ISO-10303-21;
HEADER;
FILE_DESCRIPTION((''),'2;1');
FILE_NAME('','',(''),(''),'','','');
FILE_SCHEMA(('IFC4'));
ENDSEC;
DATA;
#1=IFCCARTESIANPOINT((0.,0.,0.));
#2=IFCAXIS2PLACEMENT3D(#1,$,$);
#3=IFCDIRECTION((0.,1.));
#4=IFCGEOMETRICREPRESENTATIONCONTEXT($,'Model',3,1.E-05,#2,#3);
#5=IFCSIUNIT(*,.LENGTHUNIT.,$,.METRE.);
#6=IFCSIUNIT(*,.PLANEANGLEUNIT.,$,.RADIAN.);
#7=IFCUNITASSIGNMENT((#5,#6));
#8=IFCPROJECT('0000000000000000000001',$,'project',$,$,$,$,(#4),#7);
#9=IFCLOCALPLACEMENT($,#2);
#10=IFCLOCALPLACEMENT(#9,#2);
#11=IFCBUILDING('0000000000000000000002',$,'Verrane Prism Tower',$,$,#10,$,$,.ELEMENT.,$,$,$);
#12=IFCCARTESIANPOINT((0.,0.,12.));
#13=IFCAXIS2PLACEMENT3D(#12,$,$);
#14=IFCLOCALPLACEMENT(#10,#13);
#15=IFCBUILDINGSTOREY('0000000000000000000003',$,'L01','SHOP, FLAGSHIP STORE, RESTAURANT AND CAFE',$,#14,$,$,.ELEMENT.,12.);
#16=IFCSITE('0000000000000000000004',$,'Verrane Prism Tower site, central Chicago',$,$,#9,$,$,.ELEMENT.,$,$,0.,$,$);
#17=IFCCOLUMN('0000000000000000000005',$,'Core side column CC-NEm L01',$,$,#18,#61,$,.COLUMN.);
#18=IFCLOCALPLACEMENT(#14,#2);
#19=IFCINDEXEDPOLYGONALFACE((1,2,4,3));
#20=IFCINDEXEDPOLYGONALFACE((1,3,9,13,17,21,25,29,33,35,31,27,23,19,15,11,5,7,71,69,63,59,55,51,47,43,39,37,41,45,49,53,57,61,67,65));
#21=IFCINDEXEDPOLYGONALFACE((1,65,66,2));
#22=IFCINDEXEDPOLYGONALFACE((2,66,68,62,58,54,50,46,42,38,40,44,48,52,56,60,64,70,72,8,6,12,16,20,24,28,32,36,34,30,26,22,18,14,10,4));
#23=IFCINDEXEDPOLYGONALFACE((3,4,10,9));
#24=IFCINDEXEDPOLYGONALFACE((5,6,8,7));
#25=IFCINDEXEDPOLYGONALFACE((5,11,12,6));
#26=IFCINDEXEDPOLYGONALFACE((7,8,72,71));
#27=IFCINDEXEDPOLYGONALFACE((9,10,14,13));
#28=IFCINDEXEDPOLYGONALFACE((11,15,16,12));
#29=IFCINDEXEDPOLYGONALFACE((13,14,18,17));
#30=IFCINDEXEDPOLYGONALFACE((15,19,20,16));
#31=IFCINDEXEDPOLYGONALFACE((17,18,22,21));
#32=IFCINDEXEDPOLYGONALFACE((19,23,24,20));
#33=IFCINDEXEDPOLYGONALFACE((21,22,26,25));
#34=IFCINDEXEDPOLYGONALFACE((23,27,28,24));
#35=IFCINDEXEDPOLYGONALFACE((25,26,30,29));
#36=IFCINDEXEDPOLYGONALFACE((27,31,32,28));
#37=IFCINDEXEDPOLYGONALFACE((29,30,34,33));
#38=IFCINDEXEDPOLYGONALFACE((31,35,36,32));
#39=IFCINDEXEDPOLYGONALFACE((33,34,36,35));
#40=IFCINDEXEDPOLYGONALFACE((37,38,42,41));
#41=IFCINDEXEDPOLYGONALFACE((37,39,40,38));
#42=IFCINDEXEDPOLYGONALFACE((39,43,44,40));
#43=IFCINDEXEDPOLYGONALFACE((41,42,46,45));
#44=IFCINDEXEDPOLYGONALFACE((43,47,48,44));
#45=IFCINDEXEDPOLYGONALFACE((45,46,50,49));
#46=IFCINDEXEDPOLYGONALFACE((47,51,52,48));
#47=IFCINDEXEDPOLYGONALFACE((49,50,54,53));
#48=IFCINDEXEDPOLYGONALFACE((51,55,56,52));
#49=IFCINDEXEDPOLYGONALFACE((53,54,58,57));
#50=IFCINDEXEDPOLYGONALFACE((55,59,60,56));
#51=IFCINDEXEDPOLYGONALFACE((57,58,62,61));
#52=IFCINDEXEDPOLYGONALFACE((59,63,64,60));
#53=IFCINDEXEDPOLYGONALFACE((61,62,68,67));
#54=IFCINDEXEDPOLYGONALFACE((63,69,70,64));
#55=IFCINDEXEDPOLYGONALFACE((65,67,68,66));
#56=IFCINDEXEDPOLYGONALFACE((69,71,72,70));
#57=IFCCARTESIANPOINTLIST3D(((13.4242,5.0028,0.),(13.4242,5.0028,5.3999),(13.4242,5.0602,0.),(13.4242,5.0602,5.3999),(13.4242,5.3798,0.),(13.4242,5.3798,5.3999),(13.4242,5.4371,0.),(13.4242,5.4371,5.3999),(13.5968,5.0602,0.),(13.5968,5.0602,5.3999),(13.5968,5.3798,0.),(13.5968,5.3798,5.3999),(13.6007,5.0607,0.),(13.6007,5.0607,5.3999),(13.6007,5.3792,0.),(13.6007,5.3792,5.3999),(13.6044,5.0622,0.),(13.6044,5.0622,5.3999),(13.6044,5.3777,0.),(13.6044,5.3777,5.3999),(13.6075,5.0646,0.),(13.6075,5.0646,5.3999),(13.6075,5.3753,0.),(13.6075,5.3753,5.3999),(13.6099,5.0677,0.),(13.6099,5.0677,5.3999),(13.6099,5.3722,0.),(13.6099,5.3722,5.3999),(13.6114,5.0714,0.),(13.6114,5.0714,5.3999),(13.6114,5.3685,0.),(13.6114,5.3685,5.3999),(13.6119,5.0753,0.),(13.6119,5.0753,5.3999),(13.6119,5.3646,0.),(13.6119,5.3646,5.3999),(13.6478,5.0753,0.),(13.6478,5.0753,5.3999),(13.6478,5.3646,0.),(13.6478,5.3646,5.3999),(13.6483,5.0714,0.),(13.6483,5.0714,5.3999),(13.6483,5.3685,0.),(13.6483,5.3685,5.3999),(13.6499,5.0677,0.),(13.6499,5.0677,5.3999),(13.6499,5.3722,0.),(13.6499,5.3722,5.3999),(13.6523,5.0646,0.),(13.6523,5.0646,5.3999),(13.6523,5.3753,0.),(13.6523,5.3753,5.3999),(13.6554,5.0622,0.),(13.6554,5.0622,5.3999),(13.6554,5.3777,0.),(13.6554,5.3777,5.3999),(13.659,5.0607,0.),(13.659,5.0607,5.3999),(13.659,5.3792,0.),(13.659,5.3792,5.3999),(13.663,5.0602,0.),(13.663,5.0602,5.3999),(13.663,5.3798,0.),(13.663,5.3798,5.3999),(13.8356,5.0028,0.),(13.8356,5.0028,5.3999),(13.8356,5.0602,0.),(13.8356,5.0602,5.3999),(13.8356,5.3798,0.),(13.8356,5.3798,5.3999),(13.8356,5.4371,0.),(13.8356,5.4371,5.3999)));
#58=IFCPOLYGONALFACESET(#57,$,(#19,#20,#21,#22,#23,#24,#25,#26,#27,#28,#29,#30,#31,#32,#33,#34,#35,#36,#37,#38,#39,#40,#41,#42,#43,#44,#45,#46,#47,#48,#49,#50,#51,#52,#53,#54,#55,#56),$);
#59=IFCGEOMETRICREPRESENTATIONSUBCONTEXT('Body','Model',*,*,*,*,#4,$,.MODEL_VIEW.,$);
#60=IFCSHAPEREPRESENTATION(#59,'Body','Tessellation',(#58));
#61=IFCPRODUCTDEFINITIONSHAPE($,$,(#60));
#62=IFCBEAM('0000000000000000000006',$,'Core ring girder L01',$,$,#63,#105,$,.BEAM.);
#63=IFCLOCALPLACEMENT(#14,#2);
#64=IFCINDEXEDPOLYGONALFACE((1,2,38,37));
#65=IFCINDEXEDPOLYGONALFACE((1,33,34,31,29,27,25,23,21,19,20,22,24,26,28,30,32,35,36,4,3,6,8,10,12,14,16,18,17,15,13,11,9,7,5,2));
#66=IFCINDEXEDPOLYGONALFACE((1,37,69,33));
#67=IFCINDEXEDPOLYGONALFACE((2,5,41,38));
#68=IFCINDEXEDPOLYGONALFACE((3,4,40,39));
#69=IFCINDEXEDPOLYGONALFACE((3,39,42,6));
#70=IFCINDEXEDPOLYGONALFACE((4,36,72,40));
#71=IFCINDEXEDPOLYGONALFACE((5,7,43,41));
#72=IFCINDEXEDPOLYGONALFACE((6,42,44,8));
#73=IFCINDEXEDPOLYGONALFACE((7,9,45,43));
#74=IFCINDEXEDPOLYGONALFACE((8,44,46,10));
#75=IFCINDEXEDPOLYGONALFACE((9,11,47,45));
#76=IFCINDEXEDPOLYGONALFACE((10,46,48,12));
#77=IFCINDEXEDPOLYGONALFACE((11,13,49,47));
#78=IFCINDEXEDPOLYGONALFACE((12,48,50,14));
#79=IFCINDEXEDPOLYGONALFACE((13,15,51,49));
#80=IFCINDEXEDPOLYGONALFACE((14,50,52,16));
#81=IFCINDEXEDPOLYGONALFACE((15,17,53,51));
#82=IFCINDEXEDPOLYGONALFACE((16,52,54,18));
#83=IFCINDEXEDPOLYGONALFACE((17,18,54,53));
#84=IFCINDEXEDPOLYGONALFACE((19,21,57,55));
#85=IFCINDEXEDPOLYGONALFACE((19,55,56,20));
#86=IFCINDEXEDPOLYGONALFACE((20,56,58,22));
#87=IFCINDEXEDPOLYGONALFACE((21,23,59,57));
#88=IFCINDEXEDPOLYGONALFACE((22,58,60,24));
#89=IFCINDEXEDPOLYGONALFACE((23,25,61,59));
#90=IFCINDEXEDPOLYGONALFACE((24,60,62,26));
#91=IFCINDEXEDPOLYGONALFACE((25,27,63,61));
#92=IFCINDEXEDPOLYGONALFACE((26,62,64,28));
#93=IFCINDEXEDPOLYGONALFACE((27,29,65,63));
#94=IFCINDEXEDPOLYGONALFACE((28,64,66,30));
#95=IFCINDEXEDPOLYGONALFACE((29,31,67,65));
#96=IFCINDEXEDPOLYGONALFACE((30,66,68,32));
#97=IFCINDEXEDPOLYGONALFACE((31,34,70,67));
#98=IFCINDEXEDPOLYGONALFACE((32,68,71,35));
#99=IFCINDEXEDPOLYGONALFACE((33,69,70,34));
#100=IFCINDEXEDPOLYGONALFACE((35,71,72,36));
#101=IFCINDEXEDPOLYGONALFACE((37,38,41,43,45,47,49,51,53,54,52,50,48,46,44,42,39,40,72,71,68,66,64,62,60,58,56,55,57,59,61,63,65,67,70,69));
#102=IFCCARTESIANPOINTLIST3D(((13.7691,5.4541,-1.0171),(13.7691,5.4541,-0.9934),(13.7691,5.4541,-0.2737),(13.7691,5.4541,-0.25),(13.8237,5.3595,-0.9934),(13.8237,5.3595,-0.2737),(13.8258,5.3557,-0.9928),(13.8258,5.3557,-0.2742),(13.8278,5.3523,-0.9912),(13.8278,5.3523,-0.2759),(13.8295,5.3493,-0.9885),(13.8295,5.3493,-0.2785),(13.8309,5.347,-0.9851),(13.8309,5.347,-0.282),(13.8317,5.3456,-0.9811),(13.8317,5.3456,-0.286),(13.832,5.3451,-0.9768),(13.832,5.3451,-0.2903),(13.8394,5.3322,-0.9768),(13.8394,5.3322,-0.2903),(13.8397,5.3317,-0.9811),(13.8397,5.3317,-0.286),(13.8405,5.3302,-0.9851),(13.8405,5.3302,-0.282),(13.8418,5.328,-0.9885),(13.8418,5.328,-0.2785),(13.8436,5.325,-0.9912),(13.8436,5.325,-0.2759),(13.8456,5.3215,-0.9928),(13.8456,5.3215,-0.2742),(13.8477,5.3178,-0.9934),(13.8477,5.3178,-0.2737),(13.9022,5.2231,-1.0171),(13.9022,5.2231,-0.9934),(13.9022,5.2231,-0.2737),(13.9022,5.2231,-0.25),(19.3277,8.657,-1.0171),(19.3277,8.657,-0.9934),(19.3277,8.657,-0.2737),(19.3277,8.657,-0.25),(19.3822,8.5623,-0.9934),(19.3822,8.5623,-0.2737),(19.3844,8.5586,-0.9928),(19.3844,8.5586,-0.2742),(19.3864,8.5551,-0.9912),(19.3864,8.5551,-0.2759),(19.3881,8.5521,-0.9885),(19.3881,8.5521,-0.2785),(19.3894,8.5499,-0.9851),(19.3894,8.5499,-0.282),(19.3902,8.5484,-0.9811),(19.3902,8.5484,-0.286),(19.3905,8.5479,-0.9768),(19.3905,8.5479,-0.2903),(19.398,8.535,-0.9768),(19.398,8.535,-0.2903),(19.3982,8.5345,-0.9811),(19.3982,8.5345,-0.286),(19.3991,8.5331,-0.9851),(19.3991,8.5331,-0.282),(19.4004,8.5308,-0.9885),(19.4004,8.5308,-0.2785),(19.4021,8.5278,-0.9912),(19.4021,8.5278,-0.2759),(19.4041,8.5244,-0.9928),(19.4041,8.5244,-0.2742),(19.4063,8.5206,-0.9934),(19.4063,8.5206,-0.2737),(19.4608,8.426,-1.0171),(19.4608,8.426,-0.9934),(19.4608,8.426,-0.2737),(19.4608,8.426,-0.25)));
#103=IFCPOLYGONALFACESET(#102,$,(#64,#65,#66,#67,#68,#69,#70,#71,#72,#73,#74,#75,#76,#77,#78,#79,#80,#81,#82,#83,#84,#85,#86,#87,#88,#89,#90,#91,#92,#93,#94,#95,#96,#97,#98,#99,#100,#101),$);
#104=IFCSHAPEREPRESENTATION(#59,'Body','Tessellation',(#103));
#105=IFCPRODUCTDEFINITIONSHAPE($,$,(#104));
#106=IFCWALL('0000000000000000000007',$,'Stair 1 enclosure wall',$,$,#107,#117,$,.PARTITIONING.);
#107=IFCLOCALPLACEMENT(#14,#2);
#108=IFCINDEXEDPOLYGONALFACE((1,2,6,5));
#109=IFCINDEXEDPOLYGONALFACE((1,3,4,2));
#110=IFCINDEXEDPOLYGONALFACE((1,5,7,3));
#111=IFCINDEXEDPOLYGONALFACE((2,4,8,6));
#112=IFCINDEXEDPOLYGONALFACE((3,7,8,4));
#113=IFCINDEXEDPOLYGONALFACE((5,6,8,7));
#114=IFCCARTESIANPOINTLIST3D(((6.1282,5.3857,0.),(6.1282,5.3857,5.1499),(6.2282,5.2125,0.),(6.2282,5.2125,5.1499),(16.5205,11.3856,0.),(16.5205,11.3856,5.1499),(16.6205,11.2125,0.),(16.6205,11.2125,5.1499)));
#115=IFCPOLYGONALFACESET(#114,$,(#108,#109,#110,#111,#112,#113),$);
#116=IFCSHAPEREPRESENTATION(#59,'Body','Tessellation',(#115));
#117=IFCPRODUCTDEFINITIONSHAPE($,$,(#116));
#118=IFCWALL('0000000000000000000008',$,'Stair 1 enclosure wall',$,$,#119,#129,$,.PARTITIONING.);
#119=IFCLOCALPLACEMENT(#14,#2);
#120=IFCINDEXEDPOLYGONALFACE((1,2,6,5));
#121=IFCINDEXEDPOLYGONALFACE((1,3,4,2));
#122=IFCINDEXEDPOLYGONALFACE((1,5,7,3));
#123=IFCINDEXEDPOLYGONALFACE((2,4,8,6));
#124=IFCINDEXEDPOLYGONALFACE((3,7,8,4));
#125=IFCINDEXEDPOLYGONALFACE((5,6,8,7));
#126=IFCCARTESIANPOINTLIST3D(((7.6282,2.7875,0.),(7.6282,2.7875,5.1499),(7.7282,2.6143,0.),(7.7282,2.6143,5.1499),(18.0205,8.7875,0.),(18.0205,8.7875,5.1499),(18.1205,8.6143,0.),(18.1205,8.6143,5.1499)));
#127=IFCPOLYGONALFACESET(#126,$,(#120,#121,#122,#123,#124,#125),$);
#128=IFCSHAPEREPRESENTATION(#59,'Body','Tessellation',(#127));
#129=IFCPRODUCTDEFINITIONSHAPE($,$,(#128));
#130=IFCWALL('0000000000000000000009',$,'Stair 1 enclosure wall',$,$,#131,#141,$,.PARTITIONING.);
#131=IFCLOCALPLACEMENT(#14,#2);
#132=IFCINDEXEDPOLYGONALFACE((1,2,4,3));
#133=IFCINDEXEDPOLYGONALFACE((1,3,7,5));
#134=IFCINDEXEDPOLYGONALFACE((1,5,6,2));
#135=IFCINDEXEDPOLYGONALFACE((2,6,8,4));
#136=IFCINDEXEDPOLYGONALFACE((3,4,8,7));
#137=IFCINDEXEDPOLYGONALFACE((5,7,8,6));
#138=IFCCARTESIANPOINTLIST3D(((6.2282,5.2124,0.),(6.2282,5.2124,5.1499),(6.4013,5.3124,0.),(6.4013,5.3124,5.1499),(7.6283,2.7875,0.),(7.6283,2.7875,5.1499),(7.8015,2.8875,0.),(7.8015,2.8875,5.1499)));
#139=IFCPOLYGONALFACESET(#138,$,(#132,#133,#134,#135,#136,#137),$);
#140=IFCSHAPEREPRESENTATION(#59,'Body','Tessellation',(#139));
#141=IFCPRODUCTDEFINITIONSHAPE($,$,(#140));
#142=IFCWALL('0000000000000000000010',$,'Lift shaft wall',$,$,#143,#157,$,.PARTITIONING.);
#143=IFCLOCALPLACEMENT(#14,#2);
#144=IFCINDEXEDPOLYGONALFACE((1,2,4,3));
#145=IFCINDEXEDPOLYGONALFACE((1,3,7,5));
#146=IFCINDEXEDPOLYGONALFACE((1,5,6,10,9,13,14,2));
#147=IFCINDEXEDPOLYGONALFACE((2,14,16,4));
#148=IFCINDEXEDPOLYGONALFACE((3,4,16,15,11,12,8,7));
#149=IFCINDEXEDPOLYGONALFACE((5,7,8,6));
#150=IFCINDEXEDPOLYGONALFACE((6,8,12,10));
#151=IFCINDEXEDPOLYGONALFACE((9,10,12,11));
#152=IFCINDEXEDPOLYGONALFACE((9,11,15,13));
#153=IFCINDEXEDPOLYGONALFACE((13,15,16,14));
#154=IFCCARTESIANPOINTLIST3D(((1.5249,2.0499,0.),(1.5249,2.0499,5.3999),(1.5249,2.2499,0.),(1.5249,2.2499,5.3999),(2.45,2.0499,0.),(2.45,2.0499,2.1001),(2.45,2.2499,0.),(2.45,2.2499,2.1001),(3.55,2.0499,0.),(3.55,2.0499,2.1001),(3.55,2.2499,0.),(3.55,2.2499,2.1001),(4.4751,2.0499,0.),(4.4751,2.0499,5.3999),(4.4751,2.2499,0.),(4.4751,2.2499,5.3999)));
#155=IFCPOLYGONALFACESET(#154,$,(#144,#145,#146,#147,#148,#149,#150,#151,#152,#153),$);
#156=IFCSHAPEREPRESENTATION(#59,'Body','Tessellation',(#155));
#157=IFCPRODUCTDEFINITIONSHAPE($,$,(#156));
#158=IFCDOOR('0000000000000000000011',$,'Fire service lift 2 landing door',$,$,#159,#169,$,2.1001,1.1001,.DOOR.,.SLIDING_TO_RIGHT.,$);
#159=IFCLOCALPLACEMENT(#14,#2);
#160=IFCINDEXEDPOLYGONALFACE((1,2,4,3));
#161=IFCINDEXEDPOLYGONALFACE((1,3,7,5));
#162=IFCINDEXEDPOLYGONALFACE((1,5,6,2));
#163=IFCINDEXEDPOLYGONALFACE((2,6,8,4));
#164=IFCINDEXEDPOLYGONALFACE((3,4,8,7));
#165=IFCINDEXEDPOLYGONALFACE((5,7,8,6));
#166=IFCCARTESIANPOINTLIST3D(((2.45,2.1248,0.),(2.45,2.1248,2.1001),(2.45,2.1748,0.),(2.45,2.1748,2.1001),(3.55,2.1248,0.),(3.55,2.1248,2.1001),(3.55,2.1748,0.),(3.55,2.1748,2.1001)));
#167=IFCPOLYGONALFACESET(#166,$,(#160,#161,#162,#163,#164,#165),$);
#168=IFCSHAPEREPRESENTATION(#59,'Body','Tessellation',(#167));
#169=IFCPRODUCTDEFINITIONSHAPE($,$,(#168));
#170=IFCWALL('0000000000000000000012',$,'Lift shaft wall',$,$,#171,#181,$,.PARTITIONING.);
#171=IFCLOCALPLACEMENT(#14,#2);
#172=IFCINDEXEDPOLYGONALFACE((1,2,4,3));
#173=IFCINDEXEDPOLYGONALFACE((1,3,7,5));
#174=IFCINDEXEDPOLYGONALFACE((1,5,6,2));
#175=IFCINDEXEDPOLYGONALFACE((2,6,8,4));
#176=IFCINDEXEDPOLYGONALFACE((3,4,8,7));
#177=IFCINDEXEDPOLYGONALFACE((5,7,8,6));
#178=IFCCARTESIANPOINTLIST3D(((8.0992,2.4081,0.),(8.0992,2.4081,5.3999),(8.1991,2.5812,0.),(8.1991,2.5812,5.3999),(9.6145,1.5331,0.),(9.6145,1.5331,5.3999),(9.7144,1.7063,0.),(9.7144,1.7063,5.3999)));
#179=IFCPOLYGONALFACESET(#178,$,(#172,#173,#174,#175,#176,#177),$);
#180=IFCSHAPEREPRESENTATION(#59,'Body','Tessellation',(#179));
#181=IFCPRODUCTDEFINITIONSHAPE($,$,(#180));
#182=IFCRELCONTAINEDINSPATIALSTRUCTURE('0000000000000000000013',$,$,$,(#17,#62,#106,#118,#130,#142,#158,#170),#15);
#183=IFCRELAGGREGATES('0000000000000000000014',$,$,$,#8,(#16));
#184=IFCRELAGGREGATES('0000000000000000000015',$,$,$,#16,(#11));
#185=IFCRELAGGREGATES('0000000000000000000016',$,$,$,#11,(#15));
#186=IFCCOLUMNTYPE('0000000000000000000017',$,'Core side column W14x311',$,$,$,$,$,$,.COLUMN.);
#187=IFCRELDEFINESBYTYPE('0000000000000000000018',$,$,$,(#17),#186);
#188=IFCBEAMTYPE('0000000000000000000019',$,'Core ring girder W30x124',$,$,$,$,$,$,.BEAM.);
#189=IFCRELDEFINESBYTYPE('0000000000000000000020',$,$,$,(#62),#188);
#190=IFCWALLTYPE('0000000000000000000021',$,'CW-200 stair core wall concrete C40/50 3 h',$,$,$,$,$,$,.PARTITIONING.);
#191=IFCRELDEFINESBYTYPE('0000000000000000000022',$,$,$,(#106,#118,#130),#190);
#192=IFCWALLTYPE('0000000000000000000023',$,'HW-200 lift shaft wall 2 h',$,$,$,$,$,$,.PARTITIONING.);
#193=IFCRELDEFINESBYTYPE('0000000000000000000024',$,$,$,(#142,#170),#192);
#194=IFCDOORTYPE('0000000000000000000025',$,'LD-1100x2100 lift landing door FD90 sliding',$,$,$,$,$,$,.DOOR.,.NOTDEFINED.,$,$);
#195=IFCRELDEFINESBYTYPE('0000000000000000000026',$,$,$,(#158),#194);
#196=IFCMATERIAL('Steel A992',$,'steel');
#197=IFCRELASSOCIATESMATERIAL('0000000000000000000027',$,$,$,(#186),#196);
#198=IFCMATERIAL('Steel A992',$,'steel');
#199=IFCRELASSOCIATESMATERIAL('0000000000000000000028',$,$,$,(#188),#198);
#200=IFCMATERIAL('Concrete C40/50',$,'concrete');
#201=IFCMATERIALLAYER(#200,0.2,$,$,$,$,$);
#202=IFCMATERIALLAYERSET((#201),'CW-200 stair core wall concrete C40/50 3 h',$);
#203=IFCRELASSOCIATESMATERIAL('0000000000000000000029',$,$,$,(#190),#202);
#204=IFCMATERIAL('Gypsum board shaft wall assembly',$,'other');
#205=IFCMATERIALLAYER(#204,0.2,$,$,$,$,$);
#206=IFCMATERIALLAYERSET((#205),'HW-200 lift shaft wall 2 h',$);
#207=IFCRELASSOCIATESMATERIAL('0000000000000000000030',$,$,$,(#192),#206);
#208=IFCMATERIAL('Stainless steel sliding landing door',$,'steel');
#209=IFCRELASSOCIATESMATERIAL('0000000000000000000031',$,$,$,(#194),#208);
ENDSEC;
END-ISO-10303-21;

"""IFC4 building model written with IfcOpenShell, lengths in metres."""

from ifc_helpers import new_model, si_unit, direction, frame, frame_2d, origin, origin_2d, place, context, subcontext, project, spatial, rectangle, i_section, extrude, material, layer, layer_set, material_profile, profile_set, type_object, element, fill, save


model = new_model("IFC4")

# Units and contexts
model_context = context("Model", 3, precision=1e-05, world=origin(), true_north=direction((0.0, 1.0)))
body_context = subcontext(model_context, "Body", "Model", "MODEL_VIEW")
ifc_project = project(units=[si_unit("LENGTHUNIT", "METRE"), si_unit("PLANEANGLEUNIT", "RADIAN")], contexts=[model_context])

# Site, building, storey
site_placement = place(None, origin())
site = spatial("IfcSite", under=ifc_project, at=site_placement, Name="Verrane Prism Tower site, central Chicago", CompositionType="ELEMENT", RefElevation=0.0)
building_placement = place(site_placement, origin())
building = spatial("IfcBuilding", under=site, at=building_placement, Name="Verrane Prism Tower", CompositionType="ELEMENT")
storey_placement = place(building_placement, frame((0.0, 0.0, 12.0)))
storey = spatial("IfcBuildingStorey", under=building, at=storey_placement, Name="L01", Description="SHOP, FLAGSHIP STORE, RESTAURANT AND CAFE", CompositionType="ELEMENT", Elevation=12.0)

# Column
ifc_material_1 = material(Name="Steel A992", Category="steel")
ifc_material_profile_1 = material_profile(ifc_material_1, i_section(OverallWidth=0.4114, OverallDepth=0.4343, WebThickness=0.0359, FlangeThickness=0.0574, FilletRadius=0.0151, at=origin_2d()), Name="W14x311")
ifc_profile_set_1 = profile_set([ifc_material_profile_1], Name="Steel A992")
column_type = type_object("IfcColumnType", Name="Core side column W14x311", PredefinedType="COLUMN", material=ifc_profile_set_1)
column_placement = place(storey_placement, frame((13.6299, 5.22, 0.0), z_axis=(0.0, 0.0, 1.0), x_axis=(1.0, 0.0, 0.0)))
element("IfcColumn", 1, at=column_placement, inside=storey, type_object=column_type, Name="Core side column CC-NEm L01", PredefinedType="COLUMN", context=body_context, shape_type="SweptSolid", body=[
    extrude(i_section(OverallWidth=0.4114, OverallDepth=0.4343, WebThickness=0.0359, FlangeThickness=0.0574, FilletRadius=0.0151, at=origin_2d()), origin(), (0.0, 0.0, 1.0), 5.3999),
])

# Beam
ifc_material_2 = material(Name="Steel A992", Category="steel")
ifc_material_profile_2 = material_profile(ifc_material_2, i_section(OverallWidth=0.2666, OverallDepth=0.7671, WebThickness=0.0149, FlangeThickness=0.0237, FilletRadius=0.0166, at=origin_2d()), Name="W30x124")
ifc_profile_set_2 = profile_set([ifc_material_profile_2], Name="Steel A992")
beam_type = type_object("IfcBeamType", Name="Core ring girder W30x124", PredefinedType="BEAM", material=ifc_profile_set_2)
beam_placement = place(storey_placement, frame((13.8357, 5.3386, -0.6335), z_axis=(0.866455, 0.499255, 0.0), x_axis=(-0.499255, 0.866455, 0.0)))
element("IfcBeam", 2, at=beam_placement, inside=storey, type_object=beam_type, Name="Core ring girder L01", PredefinedType="BEAM", context=body_context, shape_type="SweptSolid", body=[
    extrude(i_section(OverallWidth=0.2666, OverallDepth=0.7671, WebThickness=0.0149, FlangeThickness=0.0237, FilletRadius=0.0166, at=origin_2d()), origin(), (0.0, 0.0, 1.0), 6.4153),
])

# Walls
ifc_material_3 = material(Name="Concrete C40/50", Category="concrete")
ifc_layer_1 = layer(ifc_material_3, 0.2)
ifc_layer_set_1 = layer_set([ifc_layer_1], Name="CW-200 stair core wall concrete C40/50 3 h")
wall_type_1 = type_object("IfcWallType", Name="CW-200 stair core wall concrete C40/50 3 h", PredefinedType="PARTITIONING", material=ifc_layer_set_1)
for number, where, z_axis, x_axis, name in (
    (3, (6.1782, 5.2991, 0.0), (0.0, 0.0, 1.0), (0.866026, 0.499999, 0.0), "Stair 1 enclosure wall"),
    (4, (7.6782, 2.7009, 0.0), (0.0, 0.0, 1.0), (0.866026, 0.499999, 0.0), "Stair 1 enclosure wall"),
):
    element("IfcWall", number, at=place(storey_placement, frame(where, z_axis=z_axis, x_axis=x_axis)), inside=storey, type_object=wall_type_1, Name=name, PredefinedType="PARTITIONING", context=body_context, shape_type="SweptSolid", body=[
        extrude(rectangle(XDim=12.0, YDim=0.2, at=frame_2d((6.0, 0.0))), origin(), (0.0, 0.0, 1.0), 5.1499),
    ])
wall_1_placement = place(storey_placement, frame((7.7148, 2.8376, 0.0), z_axis=(0.0, 0.0, 1.0), x_axis=(-0.50005, 0.865997, 0.0)))
element("IfcWall", 5, at=wall_1_placement, inside=storey, type_object=wall_type_1, Name="Stair 1 enclosure wall", PredefinedType="PARTITIONING", context=body_context, shape_type="SweptSolid", body=[
    extrude(rectangle(XDim=2.8, YDim=0.2, at=frame_2d((1.3999, 0.0))), origin(), (0.0, 0.0, 1.0), 5.1499),
])

# Wall, opening, door
ifc_material_4 = material(Name="Gypsum board shaft wall assembly", Category="other")
ifc_layer_2 = layer(ifc_material_4, 0.2)
ifc_layer_set_2 = layer_set([ifc_layer_2], Name="HW-200 lift shaft wall 2 h")
wall_type_2 = type_object("IfcWallType", Name="HW-200 lift shaft wall 2 h", PredefinedType="PARTITIONING", material=ifc_layer_set_2)
wall_2_placement = place(storey_placement, frame((1.5249, 2.1499, 0.0), z_axis=(0.0, 0.0, 1.0), x_axis=(1.0, 0.0, 0.0)))
wall_2 = element("IfcWall", 6, at=wall_2_placement, inside=storey, type_object=wall_type_2, Name="Lift shaft wall", PredefinedType="PARTITIONING", context=body_context, shape_type="SweptSolid", body=[
    extrude(rectangle(XDim=2.9502, YDim=0.2, at=frame_2d((1.4751, 0.0))), origin(), (0.0, 0.0, 1.0), 5.3999),
])
opening_placement = place(wall_2_placement, frame((0.925, 0.0, 0.0)))
opening = element("IfcOpeningElement", 7, at=opening_placement, cuts=wall_2, PredefinedType="OPENING", context=body_context, shape_type="SweptSolid", body=[
    extrude(rectangle(XDim=1.1001, YDim=2.1001, at=frame_2d((0.55, 1.05))), frame((0.0, 0.1099, 0.0), z_axis=(0.0, -1.0, 0.0), x_axis=(1.0, 0.0, 0.0)), (0.0, 0.0, 1.0), 0.22),
])
ifc_material_5 = material(Name="Stainless steel sliding landing door", Category="steel")
door_type = type_object("IfcDoorType", Name="LD-1100x2100 lift landing door FD90 sliding", OperationType="NOTDEFINED", PredefinedType="DOOR", material=ifc_material_5)
door_placement = place(opening_placement, origin())
door = element("IfcDoor", 8, at=door_placement, inside=storey, type_object=door_type, Name="Fire service lift 2 landing door", OperationType="SLIDING_TO_RIGHT", OverallHeight=2.1001, OverallWidth=1.1001, PredefinedType="DOOR", context=body_context, shape_type="SweptSolid", body=[
    extrude(rectangle(XDim=1.1001, YDim=2.1001, at=frame_2d((0.55, 1.05))), frame((0.0, 0.0249, 0.0), z_axis=(0.0, -1.0, 0.0), x_axis=(1.0, 0.0, 0.0)), (0.0, 0.0, 1.0), 0.05),
])
fill(opening, door)

# Wall
wall_3_placement = place(storey_placement, frame((9.6646, 1.6196, 0.0), z_axis=(0.0, 0.0, 1.0), x_axis=(-0.866002, 0.50004, 0.0)))
element("IfcWall", 9, at=wall_3_placement, inside=storey, type_object=wall_type_2, Name="Lift shaft wall", PredefinedType="PARTITIONING", context=body_context, shape_type="SweptSolid", body=[
    extrude(rectangle(XDim=1.7498, YDim=0.2, at=frame_2d((0.875, 0.0))), origin(), (0.0, 0.0, 1.0), 5.3999),
])

save(model, "model.ifc")
